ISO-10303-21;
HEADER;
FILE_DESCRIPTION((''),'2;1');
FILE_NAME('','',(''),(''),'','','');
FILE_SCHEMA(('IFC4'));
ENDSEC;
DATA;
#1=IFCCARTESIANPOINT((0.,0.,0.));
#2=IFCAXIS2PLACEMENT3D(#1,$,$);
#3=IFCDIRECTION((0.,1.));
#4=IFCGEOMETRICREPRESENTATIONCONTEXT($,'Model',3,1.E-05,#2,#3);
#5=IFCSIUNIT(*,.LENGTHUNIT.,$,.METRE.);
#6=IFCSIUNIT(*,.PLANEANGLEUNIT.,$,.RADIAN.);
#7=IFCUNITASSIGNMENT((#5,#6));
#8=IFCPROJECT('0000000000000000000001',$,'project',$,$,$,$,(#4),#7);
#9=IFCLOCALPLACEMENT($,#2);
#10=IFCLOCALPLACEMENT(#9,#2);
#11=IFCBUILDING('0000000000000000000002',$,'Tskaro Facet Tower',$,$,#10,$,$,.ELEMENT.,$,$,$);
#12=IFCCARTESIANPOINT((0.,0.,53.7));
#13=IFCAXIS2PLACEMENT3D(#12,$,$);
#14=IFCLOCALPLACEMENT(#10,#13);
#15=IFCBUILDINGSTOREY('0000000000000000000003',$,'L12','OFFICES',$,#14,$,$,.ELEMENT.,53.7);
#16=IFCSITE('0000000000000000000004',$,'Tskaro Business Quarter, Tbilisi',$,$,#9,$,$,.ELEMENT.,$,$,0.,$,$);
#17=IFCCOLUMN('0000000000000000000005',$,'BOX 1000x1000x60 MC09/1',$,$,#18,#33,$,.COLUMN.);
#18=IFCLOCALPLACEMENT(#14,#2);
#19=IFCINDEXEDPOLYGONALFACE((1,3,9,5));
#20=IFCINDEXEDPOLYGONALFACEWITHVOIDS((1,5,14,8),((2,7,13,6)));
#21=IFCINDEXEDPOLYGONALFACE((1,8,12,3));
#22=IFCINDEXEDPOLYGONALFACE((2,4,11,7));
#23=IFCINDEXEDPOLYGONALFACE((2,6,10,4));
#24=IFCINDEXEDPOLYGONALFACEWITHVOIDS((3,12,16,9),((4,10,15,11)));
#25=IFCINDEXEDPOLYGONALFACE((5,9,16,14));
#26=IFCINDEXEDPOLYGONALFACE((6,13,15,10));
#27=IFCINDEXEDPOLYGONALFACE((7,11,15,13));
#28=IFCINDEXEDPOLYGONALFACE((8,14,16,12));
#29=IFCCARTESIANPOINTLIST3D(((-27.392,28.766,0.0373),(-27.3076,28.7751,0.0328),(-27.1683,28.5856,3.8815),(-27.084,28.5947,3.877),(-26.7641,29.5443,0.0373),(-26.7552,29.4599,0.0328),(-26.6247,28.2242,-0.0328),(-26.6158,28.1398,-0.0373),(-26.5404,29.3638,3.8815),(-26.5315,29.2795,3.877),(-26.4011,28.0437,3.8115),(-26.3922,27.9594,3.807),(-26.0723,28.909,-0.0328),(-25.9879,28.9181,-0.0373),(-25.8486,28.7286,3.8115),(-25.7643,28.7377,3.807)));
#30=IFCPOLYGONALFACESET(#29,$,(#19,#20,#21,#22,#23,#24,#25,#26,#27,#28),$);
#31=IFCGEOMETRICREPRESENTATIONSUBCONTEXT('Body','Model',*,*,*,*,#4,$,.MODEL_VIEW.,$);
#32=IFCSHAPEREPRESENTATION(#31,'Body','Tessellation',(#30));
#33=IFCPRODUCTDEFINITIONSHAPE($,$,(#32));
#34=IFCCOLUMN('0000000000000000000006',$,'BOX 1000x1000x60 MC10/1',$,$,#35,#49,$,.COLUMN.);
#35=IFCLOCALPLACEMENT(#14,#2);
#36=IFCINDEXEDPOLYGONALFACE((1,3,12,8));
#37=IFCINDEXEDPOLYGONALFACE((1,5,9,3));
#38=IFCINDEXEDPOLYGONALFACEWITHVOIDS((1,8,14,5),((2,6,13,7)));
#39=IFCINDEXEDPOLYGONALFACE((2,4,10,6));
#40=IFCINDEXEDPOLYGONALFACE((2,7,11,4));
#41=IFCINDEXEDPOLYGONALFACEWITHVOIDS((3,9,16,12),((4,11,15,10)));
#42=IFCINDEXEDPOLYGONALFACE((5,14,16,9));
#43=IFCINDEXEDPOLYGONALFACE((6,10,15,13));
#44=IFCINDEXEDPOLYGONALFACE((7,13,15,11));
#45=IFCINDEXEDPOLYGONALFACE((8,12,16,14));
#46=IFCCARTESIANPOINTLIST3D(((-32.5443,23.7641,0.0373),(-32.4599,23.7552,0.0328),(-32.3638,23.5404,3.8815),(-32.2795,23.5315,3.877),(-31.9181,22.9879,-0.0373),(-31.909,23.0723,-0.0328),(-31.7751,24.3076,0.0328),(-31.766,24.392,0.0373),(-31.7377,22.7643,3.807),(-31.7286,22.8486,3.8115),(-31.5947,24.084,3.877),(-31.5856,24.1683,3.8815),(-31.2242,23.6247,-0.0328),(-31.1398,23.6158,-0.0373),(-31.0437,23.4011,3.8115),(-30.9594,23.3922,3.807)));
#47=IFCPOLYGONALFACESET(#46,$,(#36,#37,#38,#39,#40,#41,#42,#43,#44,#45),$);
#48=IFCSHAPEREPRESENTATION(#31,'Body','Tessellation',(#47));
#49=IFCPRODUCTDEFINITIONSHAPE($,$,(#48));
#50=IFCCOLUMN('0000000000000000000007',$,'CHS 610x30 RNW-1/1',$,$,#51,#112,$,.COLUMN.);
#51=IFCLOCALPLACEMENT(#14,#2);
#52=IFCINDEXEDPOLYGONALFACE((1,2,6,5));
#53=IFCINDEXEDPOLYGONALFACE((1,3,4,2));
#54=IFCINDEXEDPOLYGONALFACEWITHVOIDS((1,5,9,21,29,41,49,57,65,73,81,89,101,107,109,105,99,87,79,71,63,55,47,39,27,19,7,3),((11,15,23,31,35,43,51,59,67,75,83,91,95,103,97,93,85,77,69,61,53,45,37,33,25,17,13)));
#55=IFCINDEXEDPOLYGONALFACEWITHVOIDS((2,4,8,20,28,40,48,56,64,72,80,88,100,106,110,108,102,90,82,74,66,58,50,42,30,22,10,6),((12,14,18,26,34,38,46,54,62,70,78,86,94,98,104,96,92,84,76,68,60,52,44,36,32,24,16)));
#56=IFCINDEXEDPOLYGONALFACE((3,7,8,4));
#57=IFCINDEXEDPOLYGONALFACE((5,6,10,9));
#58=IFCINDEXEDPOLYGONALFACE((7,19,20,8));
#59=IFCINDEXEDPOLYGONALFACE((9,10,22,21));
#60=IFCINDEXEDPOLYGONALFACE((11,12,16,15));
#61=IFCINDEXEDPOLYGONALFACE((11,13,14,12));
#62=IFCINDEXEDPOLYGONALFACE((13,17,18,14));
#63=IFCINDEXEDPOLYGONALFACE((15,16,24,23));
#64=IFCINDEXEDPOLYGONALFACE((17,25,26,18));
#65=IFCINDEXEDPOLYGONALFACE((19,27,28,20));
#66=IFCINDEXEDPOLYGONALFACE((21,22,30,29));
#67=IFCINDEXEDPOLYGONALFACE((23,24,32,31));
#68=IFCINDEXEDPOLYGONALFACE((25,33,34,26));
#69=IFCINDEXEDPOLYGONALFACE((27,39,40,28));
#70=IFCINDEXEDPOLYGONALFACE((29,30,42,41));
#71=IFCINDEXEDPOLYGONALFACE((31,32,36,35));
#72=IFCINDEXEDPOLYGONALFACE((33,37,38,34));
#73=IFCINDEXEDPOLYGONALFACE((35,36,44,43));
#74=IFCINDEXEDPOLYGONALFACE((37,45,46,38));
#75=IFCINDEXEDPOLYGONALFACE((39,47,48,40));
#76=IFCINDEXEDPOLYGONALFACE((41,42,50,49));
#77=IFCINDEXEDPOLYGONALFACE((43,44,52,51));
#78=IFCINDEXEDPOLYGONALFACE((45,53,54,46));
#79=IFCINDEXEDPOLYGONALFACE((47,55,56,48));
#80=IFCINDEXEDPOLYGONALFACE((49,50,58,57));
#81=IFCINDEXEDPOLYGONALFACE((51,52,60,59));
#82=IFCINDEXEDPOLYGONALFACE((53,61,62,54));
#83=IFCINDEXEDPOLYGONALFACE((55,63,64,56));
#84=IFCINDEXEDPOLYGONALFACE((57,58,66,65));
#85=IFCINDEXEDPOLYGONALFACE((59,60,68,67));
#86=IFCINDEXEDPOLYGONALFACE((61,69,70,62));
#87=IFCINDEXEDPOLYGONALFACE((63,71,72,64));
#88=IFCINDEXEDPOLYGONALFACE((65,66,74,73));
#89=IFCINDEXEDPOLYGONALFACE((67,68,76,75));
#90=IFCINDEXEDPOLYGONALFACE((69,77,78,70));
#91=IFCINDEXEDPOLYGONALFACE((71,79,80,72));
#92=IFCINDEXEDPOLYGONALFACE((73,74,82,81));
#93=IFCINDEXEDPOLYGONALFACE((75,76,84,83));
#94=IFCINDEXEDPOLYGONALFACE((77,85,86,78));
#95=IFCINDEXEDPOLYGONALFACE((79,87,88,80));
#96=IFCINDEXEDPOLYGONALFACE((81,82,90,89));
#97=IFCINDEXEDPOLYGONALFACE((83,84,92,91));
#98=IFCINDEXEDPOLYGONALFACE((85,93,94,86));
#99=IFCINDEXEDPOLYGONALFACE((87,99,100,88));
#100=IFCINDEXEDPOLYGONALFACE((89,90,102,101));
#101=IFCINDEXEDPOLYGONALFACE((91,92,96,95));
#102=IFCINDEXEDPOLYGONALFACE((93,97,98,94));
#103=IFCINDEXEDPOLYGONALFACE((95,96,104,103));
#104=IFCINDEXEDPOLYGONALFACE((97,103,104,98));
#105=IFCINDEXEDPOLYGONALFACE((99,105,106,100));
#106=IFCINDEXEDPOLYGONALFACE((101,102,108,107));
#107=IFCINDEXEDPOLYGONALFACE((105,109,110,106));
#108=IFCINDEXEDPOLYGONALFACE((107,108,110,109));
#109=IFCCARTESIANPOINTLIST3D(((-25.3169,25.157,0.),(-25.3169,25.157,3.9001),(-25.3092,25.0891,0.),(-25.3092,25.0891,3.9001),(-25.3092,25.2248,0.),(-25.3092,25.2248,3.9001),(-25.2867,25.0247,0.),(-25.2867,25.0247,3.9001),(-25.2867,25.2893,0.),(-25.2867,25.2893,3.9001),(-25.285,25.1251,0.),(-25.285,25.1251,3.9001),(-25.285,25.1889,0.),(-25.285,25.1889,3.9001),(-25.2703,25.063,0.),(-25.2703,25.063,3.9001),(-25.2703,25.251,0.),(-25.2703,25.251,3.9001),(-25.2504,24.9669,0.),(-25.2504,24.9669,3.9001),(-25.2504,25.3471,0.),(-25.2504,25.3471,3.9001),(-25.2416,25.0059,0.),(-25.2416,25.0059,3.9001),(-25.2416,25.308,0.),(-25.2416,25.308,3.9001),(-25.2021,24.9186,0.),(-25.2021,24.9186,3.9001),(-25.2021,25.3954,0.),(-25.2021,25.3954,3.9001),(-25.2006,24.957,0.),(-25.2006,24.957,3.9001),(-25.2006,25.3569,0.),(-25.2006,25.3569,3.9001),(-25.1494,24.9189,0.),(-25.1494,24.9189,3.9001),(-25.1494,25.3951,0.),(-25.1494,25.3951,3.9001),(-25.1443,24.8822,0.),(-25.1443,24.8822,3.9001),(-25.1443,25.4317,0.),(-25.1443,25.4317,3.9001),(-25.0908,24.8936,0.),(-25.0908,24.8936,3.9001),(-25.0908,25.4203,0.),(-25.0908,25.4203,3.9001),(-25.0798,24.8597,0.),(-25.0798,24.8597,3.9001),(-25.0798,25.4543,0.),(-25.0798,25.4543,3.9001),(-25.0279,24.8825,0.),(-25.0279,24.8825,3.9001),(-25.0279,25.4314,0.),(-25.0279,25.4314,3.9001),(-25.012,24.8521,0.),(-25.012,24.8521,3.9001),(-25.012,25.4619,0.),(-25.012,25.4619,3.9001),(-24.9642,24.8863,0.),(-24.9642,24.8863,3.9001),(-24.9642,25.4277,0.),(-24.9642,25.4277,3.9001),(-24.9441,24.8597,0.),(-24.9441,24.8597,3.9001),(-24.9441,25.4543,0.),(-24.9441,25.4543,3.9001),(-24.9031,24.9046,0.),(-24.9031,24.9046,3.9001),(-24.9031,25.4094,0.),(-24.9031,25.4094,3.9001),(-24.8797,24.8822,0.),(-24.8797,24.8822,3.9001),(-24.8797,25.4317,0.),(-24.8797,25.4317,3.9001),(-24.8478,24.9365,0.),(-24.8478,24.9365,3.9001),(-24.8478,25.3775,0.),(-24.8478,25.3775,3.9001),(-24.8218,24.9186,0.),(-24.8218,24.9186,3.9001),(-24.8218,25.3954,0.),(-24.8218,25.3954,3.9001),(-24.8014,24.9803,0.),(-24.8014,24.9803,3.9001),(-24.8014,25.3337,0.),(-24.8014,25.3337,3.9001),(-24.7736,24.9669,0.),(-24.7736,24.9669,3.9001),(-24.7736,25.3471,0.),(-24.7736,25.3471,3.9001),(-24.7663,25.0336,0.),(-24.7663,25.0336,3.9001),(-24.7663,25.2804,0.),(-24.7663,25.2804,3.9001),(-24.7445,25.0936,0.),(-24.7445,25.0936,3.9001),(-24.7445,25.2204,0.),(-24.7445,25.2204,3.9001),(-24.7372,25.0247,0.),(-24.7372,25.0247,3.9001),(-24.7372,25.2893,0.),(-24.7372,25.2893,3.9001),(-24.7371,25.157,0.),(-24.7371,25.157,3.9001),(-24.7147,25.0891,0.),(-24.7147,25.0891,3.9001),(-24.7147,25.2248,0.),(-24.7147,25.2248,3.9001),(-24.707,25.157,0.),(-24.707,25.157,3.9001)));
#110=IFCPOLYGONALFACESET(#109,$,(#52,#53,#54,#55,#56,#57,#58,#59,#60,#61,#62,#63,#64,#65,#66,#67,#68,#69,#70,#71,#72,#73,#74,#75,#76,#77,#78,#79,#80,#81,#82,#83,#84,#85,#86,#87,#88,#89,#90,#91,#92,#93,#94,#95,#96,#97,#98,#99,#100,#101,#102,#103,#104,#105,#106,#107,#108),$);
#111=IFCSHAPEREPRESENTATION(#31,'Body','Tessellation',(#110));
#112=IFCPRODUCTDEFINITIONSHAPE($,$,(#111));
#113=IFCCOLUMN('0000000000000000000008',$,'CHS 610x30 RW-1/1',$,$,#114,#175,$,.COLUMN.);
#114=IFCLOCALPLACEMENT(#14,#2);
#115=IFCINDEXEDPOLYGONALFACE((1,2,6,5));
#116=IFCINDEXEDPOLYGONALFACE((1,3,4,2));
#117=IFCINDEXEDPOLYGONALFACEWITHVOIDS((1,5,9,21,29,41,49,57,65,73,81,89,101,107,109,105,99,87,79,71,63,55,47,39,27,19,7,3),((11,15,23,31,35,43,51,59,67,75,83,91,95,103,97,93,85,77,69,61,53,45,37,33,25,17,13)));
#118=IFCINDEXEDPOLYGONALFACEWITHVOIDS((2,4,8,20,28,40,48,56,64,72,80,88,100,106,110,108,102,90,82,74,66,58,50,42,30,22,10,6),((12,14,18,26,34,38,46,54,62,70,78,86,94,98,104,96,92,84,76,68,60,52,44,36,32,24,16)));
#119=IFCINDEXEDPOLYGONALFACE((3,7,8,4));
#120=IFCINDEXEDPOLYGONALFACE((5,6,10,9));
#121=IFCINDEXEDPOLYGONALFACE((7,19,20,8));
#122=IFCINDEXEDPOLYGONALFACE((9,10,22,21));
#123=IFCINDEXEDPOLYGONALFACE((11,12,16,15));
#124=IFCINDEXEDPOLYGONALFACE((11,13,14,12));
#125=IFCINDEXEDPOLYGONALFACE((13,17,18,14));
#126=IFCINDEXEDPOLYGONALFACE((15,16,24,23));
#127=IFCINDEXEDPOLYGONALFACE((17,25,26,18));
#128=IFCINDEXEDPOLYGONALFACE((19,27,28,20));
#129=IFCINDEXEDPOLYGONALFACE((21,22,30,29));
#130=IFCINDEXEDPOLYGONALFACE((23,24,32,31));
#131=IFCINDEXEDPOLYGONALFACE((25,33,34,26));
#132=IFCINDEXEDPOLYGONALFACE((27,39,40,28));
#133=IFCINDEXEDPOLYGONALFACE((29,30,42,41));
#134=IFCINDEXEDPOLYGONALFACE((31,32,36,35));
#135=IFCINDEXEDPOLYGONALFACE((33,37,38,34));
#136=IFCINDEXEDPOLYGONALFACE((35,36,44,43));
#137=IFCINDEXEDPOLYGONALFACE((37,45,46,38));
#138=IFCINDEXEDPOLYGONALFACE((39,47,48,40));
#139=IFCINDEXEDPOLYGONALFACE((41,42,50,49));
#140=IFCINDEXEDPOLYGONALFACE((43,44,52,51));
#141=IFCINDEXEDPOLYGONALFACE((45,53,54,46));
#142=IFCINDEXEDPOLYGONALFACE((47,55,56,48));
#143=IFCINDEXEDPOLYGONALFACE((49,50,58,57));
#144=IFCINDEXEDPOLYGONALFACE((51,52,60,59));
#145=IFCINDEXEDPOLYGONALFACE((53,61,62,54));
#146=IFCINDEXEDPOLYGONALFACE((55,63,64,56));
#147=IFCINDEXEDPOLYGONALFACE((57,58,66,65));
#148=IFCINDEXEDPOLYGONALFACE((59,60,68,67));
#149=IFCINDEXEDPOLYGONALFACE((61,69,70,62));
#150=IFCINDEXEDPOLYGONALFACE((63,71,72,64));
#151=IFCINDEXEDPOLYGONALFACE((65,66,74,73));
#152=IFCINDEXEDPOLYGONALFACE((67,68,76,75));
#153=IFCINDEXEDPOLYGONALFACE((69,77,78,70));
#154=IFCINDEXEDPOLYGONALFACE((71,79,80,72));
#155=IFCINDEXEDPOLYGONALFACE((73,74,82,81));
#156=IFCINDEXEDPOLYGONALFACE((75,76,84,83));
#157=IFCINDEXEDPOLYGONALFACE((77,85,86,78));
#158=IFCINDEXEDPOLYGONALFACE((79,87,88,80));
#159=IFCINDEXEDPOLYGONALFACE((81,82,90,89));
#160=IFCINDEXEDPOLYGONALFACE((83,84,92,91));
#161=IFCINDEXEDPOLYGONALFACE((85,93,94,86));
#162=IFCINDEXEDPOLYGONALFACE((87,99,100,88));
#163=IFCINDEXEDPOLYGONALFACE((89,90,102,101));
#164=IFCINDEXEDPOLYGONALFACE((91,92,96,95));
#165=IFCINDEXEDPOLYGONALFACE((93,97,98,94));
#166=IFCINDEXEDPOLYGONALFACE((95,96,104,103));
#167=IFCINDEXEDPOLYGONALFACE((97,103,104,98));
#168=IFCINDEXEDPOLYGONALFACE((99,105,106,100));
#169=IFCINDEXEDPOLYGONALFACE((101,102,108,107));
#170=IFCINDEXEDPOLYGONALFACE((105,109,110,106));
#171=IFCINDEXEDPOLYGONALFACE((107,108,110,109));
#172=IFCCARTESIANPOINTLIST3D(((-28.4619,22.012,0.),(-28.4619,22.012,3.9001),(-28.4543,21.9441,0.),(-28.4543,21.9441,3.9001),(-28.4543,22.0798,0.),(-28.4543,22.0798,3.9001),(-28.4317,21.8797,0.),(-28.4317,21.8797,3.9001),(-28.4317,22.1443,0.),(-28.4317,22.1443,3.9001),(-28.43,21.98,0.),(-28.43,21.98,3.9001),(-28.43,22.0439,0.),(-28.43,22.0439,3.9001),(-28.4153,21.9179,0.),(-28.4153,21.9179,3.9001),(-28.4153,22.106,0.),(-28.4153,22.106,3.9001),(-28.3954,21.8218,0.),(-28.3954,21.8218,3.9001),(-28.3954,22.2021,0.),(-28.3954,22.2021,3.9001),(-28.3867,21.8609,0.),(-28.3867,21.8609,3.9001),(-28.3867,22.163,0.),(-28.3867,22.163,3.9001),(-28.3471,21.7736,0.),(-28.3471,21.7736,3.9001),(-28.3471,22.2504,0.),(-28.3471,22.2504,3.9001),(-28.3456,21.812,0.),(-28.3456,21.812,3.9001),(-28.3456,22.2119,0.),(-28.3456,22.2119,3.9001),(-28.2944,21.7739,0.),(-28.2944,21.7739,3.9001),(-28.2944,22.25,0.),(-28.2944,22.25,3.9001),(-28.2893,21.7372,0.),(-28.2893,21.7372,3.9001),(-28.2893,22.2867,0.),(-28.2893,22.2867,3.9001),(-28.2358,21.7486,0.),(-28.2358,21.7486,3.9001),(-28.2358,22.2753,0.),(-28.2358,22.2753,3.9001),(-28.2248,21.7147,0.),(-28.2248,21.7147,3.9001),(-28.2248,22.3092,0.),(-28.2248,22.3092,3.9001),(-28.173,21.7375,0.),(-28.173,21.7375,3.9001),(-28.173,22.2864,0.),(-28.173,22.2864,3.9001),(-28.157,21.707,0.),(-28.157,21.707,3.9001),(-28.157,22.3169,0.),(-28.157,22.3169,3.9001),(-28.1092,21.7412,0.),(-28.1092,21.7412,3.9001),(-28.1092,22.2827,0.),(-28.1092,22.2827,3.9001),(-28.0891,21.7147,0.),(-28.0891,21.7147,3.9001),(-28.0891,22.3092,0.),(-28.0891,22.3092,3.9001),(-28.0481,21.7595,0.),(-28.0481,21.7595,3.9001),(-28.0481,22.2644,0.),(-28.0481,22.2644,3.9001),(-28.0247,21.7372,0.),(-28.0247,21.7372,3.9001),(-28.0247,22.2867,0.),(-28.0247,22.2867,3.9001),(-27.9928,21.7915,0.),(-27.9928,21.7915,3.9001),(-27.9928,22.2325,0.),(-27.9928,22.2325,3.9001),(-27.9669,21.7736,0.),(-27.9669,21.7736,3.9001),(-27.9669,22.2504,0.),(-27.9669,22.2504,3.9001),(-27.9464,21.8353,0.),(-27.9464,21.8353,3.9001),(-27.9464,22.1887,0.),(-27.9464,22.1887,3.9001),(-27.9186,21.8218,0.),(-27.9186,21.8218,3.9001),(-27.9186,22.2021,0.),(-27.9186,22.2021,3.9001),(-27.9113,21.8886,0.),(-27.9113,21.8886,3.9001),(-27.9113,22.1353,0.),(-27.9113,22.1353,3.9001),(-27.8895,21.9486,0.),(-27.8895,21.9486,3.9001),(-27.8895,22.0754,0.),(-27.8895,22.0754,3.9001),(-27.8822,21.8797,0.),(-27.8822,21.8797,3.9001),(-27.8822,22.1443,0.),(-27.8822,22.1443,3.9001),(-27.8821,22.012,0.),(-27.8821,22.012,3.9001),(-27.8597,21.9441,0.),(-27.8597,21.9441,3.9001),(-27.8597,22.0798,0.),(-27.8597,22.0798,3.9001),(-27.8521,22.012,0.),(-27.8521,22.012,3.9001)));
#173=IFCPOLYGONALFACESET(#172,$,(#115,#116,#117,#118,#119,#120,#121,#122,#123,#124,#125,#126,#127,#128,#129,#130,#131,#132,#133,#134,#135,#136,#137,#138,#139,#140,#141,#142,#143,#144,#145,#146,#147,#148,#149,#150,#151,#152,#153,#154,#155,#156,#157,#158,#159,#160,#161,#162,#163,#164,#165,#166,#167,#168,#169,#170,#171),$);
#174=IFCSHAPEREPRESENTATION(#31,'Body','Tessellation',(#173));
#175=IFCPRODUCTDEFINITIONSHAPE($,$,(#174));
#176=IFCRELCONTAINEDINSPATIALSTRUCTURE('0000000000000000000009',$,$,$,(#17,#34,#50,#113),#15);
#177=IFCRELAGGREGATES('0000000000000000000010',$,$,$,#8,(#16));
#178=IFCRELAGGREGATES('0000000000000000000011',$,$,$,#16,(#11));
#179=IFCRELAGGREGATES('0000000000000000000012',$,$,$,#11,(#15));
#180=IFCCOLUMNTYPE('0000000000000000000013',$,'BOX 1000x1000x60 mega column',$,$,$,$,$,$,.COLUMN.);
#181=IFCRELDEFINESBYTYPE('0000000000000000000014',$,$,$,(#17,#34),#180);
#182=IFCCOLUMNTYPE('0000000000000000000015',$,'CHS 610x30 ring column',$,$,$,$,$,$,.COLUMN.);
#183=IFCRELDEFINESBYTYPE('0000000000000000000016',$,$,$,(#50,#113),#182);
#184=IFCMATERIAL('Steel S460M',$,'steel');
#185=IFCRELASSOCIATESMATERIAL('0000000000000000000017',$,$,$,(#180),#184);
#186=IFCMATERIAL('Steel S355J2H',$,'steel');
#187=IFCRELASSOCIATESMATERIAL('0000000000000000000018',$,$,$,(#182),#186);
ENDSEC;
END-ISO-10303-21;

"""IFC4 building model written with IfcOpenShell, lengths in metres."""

from ifc_helpers import new_model, si_unit, direction, frame, origin, origin_2d, place, context, subcontext, project, spatial, hollow_rectangle, hollow_circle, extrude, material, material_profile, profile_set, type_object, element, save


model = new_model("IFC4")

# Units and contexts
model_context = context("Model", 3, precision=1e-05, world=origin(), true_north=direction((0.0, 1.0)))
body_context = subcontext(model_context, "Body", "Model", "MODEL_VIEW")
ifc_project = project(units=[si_unit("LENGTHUNIT", "METRE"), si_unit("PLANEANGLEUNIT", "RADIAN")], contexts=[model_context])

# Site, building, storey
site_placement = place(None, origin())
site = spatial("IfcSite", under=ifc_project, at=site_placement, Name="Tskaro Business Quarter, Tbilisi", CompositionType="ELEMENT", RefElevation=0.0)
building_placement = place(site_placement, origin())
building = spatial("IfcBuilding", under=site, at=building_placement, Name="Tskaro Facet Tower", CompositionType="ELEMENT")
storey_placement = place(building_placement, frame((0.0, 0.0, 53.7)))
storey = spatial("IfcBuildingStorey", under=building, at=storey_placement, Name="L12", Description="OFFICES", CompositionType="ELEMENT", Elevation=53.7)

# Columns
ifc_material_1 = material(Name="Steel S460M", Category="steel")
ifc_material_profile_1 = material_profile(ifc_material_1, hollow_rectangle(XDim=1.0, YDim=1.0, WallThickness=0.0601, at=origin_2d()), Name="BOX 1000x1000x60")
ifc_profile_set_1 = profile_set([ifc_material_profile_1], Name="Steel S460M")
column_type_1 = type_object("IfcColumnType", Name="BOX 1000x1000x60 mega column", PredefinedType="COLUMN", material=ifc_profile_set_1)
for number, where, z_axis, x_axis, name in (
    (1, (-26.6899, 28.842, 0.0), (0.058012, -0.046802, 0.997218), (0.627902, 0.778292, 0.0), "BOX 1000x1000x60 MC09/1"),
    (2, (-31.842, 23.6899, 0.0), (0.046802, -0.058012, 0.997218), (0.778292, 0.627902, 0.0), "BOX 1000x1000x60 MC10/1"),
):
    element("IfcColumn", number, at=place(storey_placement, frame(where, z_axis=z_axis, x_axis=x_axis)), inside=storey, type_object=column_type_1, Name=name, PredefinedType="COLUMN", context=body_context, shape_type="SweptSolid", body=[
        extrude(hollow_rectangle(XDim=1.0, YDim=1.0, WallThickness=0.0601, at=origin_2d()), origin(), (0.0, 0.0, 1.0), 3.855),
    ])
ifc_material_2 = material(Name="Steel S355J2H", Category="steel")
ifc_material_profile_2 = material_profile(ifc_material_2, hollow_circle(Radius=0.3049, WallThickness=0.03, at=origin_2d()), Name="CHS 610x30")
ifc_profile_set_2 = profile_set([ifc_material_profile_2], Name="Steel S355J2H")
column_type_2 = type_object("IfcColumnType", Name="CHS 610x30 ring column", PredefinedType="COLUMN", material=ifc_profile_set_2)
for number, where, z_axis, x_axis, name in (
    (3, (-25.012, 25.157, 0.0), (0.0, 0.0, 1.0), (1.0, 0.0, 0.0), "CHS 610x30 RNW-1/1"),
    (4, (-28.157, 22.012, 0.0), (0.0, 0.0, 1.0), (1.0, 0.0, 0.0), "CHS 610x30 RW-1/1"),
):
    element("IfcColumn", number, at=place(storey_placement, frame(where, z_axis=z_axis, x_axis=x_axis)), inside=storey, type_object=column_type_2, Name=name, PredefinedType="COLUMN", context=body_context, shape_type="SweptSolid", body=[
        extrude(hollow_circle(Radius=0.3049, WallThickness=0.03, at=origin_2d()), origin(), (0.0, 0.0, 1.0), 3.9001),
    ])

save(model, "model.ifc")
